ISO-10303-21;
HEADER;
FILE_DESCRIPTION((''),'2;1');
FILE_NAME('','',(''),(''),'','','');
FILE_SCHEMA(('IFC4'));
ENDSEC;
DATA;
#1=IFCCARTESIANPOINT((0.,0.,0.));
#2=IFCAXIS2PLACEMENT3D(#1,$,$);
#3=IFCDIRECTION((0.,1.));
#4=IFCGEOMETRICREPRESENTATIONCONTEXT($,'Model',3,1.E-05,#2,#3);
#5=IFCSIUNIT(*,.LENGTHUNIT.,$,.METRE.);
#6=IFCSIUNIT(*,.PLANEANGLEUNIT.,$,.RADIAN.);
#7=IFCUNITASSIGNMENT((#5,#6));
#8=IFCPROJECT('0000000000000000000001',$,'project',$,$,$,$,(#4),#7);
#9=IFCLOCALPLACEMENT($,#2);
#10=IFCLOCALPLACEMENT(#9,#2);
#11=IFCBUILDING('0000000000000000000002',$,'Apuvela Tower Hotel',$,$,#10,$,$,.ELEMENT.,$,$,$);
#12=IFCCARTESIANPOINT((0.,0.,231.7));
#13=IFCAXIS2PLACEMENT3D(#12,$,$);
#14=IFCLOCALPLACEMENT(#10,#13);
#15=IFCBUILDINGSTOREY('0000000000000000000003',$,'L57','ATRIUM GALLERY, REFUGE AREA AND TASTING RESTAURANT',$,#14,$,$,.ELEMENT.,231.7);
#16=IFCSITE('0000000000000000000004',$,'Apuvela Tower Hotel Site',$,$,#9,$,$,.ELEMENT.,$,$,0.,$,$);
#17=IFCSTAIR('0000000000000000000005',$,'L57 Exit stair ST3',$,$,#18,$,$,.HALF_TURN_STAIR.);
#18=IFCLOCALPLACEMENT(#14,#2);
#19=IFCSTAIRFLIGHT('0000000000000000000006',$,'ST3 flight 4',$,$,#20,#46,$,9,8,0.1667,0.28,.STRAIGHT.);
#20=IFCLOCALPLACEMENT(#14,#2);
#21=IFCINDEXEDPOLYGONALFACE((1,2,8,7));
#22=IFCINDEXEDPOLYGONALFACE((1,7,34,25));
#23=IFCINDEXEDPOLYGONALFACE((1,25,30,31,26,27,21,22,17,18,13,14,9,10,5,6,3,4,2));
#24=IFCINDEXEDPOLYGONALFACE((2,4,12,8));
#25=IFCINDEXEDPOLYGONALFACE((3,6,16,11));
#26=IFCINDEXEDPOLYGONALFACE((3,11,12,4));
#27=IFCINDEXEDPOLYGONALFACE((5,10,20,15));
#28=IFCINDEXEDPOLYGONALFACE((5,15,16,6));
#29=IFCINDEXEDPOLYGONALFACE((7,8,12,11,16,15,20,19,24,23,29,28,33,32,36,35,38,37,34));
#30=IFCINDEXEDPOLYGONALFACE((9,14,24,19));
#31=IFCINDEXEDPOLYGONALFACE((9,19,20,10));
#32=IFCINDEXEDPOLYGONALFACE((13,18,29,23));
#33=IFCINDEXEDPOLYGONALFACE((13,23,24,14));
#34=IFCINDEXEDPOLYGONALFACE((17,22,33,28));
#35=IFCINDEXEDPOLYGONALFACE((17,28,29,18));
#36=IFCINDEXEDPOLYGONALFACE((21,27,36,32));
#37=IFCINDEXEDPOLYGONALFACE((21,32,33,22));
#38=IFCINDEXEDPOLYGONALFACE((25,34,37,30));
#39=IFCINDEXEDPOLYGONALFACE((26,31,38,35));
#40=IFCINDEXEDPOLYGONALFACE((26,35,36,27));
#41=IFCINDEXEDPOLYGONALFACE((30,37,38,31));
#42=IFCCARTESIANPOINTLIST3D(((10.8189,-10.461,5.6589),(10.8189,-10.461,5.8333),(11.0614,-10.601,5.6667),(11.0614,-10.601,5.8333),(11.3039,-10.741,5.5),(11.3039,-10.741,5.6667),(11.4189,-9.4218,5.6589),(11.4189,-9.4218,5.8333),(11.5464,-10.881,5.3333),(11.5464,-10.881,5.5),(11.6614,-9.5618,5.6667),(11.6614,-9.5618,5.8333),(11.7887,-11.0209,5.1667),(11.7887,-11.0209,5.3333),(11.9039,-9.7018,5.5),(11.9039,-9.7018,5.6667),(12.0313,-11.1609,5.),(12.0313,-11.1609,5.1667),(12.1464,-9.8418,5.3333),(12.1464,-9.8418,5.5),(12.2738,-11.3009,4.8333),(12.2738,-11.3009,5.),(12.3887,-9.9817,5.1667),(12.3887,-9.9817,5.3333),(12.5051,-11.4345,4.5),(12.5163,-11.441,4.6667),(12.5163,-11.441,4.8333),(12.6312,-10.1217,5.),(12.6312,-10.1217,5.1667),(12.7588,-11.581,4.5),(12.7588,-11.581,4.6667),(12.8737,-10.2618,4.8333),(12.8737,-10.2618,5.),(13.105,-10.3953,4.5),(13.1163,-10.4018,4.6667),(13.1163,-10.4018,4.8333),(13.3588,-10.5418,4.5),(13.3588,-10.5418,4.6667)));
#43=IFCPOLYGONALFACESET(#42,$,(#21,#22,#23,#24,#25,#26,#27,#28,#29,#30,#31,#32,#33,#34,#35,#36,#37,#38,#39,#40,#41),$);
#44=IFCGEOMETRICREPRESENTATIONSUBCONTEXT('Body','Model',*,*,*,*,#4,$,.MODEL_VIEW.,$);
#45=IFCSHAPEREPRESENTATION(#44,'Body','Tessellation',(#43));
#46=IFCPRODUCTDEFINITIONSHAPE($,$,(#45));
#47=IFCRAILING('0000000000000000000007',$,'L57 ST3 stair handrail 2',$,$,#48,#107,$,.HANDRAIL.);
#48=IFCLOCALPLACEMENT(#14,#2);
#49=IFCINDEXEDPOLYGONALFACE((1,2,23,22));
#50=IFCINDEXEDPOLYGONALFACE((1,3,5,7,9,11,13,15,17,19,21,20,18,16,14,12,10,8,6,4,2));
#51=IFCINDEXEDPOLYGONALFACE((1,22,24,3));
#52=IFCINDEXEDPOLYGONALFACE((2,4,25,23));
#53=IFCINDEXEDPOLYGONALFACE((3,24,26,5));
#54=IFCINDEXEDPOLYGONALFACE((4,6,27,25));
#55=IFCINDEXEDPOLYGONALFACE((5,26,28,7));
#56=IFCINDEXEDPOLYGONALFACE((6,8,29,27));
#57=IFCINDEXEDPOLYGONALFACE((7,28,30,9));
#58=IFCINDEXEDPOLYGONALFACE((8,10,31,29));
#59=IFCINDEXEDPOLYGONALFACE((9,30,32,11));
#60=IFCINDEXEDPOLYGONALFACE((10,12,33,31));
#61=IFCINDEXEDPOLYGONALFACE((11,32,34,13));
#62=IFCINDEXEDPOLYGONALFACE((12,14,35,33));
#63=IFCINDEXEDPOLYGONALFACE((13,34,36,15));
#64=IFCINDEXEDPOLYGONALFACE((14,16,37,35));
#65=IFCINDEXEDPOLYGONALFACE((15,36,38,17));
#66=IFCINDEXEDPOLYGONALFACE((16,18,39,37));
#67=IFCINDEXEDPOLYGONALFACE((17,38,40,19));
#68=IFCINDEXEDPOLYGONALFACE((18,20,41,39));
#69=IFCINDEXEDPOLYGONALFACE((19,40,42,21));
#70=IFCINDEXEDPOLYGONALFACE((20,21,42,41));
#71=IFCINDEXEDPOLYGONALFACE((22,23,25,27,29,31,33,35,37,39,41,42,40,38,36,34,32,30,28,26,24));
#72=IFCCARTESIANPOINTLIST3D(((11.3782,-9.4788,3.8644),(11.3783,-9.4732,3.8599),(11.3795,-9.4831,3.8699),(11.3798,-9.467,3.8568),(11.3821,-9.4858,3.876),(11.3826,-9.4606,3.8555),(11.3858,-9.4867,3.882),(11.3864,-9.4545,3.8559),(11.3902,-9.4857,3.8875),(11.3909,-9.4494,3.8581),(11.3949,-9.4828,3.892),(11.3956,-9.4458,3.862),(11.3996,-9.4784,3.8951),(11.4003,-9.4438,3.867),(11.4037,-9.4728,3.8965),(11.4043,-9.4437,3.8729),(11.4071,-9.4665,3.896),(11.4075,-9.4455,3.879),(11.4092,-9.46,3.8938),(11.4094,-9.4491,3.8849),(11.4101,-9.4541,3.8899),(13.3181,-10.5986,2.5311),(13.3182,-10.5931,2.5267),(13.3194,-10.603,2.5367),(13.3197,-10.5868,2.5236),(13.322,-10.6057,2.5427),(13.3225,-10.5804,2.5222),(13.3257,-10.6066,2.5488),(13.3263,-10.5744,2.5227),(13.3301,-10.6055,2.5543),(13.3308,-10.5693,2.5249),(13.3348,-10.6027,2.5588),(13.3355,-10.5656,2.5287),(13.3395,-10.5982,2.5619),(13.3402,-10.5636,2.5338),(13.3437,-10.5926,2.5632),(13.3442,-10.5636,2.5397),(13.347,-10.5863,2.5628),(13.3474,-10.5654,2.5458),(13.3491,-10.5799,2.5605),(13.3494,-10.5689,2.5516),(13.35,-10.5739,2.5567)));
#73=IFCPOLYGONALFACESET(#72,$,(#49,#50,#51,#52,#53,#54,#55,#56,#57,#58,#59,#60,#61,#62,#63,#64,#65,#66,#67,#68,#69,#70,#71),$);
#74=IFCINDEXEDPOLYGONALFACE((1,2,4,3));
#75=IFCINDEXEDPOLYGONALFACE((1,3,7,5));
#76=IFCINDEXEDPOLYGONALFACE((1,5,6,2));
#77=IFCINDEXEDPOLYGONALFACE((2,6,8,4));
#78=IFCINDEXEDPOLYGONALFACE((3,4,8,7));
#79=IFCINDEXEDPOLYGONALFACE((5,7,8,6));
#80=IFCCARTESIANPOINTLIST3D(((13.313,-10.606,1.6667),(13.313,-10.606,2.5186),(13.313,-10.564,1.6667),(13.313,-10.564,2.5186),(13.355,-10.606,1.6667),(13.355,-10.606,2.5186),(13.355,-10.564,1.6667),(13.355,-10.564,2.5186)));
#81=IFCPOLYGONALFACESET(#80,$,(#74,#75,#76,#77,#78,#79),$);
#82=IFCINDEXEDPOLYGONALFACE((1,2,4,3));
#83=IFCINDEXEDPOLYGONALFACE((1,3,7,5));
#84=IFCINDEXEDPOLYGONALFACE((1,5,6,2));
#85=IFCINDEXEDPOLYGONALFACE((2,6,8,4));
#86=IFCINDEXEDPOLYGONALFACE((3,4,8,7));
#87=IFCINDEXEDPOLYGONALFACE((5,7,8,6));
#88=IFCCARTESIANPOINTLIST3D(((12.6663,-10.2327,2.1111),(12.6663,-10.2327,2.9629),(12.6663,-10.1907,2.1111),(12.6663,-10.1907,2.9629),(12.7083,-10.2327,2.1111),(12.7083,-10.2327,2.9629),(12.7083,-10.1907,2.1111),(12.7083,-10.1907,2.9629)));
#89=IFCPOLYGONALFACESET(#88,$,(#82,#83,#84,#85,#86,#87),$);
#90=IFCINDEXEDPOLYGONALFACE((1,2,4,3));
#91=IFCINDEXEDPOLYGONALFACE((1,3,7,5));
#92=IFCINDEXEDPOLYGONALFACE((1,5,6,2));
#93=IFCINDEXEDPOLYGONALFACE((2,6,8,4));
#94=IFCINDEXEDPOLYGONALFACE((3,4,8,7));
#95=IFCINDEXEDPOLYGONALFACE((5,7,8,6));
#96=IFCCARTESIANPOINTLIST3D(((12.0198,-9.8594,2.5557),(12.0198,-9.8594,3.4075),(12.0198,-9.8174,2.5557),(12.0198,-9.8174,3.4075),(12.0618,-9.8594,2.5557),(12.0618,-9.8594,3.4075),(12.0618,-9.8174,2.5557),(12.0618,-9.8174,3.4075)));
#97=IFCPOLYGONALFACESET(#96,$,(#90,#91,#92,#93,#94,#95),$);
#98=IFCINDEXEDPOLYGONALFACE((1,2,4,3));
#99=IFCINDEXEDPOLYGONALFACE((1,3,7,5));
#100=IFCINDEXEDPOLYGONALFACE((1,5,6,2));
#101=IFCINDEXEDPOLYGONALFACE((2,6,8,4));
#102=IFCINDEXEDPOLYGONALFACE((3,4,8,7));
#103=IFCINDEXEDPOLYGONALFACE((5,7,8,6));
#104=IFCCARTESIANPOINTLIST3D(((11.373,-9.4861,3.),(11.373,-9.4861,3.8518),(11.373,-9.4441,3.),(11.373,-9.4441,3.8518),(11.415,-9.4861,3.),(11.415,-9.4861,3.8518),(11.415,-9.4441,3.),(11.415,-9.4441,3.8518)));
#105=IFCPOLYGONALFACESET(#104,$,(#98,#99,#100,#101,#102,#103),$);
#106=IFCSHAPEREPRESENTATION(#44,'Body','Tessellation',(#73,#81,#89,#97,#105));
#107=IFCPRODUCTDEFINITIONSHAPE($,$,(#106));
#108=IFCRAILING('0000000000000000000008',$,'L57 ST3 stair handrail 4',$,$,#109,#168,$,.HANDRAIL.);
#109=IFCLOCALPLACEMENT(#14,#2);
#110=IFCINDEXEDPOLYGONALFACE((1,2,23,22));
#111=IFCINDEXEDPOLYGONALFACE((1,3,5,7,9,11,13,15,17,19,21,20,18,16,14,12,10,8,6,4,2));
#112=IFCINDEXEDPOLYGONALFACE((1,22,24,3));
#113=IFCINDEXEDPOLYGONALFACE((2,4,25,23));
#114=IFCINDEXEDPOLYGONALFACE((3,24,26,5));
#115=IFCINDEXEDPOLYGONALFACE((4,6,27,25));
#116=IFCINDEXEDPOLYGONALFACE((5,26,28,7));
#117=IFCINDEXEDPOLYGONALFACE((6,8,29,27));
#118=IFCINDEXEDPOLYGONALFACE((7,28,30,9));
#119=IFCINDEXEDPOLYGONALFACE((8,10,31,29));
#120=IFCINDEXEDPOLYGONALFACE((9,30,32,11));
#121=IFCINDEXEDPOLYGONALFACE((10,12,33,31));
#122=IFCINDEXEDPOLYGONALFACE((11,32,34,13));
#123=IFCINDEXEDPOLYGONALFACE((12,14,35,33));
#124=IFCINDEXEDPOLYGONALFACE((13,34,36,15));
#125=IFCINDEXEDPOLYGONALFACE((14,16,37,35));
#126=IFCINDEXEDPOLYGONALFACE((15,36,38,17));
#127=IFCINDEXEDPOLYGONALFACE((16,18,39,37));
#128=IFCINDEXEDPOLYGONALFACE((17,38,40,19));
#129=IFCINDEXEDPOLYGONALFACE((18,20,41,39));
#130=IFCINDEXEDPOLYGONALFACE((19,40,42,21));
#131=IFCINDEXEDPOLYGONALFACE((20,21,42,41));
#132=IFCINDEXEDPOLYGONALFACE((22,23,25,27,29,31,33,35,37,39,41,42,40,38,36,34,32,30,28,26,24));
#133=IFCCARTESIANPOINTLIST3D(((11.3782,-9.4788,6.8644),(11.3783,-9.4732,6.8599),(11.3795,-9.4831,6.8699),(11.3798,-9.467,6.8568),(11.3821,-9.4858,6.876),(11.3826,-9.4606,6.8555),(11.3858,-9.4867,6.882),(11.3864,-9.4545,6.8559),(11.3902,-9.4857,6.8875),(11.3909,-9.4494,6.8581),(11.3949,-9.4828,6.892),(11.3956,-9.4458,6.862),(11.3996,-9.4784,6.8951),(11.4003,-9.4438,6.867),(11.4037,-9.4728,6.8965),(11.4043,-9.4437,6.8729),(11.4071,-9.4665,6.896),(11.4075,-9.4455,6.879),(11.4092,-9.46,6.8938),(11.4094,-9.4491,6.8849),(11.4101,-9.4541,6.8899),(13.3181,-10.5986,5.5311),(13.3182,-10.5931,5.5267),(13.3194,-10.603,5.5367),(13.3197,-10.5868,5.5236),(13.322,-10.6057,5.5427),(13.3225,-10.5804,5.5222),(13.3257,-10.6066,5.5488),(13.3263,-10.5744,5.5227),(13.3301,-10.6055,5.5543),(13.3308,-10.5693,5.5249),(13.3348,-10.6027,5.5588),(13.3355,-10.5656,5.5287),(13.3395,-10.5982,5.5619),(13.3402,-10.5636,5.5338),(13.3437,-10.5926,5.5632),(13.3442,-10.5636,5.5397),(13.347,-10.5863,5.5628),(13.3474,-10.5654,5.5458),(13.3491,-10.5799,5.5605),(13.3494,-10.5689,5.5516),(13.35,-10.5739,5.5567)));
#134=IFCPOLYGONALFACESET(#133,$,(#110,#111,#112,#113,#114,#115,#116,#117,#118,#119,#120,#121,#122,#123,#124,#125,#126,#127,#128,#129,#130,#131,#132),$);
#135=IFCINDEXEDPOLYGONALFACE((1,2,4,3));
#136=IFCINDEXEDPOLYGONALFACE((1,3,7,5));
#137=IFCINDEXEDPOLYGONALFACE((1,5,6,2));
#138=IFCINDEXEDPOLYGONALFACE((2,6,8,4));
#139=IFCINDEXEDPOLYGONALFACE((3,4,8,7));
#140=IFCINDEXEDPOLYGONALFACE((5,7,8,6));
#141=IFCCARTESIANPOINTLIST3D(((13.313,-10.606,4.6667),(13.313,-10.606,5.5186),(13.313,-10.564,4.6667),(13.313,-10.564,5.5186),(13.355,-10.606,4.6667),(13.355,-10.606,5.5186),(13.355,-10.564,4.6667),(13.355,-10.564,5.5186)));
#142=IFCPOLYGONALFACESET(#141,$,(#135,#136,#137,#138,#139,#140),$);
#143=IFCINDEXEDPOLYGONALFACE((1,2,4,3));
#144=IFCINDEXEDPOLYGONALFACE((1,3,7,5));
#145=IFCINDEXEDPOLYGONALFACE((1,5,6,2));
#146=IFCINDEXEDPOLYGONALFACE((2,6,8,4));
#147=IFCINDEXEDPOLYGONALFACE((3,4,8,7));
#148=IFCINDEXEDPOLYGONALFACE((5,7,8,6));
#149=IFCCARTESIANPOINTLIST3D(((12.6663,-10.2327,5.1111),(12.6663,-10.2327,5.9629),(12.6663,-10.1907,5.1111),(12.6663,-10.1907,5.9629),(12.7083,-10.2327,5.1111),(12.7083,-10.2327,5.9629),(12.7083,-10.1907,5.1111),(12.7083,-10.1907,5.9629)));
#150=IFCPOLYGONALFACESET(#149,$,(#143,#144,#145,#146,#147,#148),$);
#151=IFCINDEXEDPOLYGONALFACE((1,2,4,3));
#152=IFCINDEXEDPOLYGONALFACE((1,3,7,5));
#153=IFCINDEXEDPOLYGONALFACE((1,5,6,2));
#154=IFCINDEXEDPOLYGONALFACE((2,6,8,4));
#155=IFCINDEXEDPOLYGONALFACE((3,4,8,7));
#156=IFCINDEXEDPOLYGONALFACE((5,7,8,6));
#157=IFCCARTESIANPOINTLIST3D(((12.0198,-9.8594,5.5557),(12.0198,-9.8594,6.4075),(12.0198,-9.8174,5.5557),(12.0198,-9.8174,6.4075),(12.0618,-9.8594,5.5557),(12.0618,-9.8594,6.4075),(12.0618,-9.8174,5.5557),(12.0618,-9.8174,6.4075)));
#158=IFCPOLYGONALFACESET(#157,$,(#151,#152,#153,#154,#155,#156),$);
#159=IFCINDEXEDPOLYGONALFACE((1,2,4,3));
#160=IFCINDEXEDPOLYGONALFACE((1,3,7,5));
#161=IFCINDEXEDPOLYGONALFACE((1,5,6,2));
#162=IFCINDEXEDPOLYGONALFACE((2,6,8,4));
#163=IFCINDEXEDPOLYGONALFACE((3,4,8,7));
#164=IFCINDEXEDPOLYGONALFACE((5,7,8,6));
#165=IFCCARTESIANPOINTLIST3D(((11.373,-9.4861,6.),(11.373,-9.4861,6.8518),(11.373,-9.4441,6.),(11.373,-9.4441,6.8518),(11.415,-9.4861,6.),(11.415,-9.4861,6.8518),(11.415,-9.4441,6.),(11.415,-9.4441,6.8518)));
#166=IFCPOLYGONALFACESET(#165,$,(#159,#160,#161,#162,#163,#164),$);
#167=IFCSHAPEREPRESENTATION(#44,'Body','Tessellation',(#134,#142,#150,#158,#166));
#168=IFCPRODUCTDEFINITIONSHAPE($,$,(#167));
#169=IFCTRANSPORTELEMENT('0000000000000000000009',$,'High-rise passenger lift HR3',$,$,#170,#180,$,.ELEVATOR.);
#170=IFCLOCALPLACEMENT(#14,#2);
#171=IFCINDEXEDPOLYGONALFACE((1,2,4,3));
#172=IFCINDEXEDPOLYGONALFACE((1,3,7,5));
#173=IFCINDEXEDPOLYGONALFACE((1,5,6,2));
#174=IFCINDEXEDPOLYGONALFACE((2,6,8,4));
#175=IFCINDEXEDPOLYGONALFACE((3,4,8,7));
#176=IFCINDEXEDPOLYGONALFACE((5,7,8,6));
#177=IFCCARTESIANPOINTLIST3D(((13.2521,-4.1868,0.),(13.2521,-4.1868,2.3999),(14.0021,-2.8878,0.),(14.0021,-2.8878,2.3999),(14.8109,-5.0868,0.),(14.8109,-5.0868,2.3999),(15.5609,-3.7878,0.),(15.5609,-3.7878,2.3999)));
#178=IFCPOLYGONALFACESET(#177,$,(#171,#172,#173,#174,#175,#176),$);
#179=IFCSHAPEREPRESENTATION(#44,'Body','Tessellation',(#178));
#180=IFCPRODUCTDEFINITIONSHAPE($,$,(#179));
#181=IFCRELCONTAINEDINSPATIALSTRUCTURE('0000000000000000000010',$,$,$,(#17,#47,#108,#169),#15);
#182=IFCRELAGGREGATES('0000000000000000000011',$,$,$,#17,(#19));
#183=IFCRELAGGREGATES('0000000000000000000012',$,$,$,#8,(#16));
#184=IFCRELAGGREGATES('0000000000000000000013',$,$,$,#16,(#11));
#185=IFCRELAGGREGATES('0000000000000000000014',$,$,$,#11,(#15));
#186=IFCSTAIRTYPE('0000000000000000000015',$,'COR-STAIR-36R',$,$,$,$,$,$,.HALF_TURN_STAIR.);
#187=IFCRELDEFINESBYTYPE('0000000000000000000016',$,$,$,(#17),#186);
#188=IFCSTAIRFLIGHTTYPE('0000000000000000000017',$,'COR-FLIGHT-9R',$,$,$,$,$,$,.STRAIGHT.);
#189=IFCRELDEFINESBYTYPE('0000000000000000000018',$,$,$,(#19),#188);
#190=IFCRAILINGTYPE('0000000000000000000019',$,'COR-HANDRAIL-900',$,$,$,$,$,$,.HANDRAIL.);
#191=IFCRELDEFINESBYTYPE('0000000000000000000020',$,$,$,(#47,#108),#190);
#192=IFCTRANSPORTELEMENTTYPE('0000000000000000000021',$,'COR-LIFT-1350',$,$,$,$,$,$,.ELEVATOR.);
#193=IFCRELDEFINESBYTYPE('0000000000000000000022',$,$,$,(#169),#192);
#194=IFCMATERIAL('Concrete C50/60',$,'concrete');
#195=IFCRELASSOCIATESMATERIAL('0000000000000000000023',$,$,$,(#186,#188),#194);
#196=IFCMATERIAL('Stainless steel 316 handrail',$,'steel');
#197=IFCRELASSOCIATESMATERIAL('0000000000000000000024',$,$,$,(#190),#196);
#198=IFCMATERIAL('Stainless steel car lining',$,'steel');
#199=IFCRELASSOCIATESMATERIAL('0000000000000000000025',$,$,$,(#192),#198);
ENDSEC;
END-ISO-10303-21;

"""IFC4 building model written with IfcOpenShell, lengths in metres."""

from ifc_helpers import new_model, si_unit, direction, frame, origin, origin_2d, place, context, subcontext, project, spatial, polyline, rectangle, circle, outline, extrude, material, type_object, element, aggregate, save


model = new_model("IFC4")

# Units and contexts
model_context = context("Model", 3, precision=1e-05, world=origin(), true_north=direction((0.0, 1.0)))
body_context = subcontext(model_context, "Body", "Model", "MODEL_VIEW")
ifc_project = project(units=[si_unit("LENGTHUNIT", "METRE"), si_unit("PLANEANGLEUNIT", "RADIAN")], contexts=[model_context])

# Site, building, storey
site_placement = place(None, origin())
site = spatial("IfcSite", under=ifc_project, at=site_placement, Name="Apuvela Tower Hotel Site", CompositionType="ELEMENT", RefElevation=0.0)
building_placement = place(site_placement, origin())
building = spatial("IfcBuilding", under=site, at=building_placement, Name="Apuvela Tower Hotel", CompositionType="ELEMENT")
storey_placement = place(building_placement, frame((0.0, 0.0, 231.7)))
storey = spatial("IfcBuildingStorey", under=building, at=storey_placement, Name="L57", Description="ATRIUM GALLERY, REFUGE AREA AND TASTING RESTAURANT", CompositionType="ELEMENT", Elevation=231.7)

# Shared definitions
ifc_material_1 = material(Name="Concrete C50/60", Category="concrete")

# Stair, stair flight
stair_type = type_object("IfcStairType", Name="COR-STAIR-36R", PredefinedType="HALF_TURN_STAIR", material=ifc_material_1)
stair_placement = place(storey_placement, origin())
stair = element("IfcStair", 1, at=stair_placement, inside=storey, type_object=stair_type, Name="L57 Exit stair ST3", PredefinedType="HALF_TURN_STAIR")
stair_flight_type = type_object("IfcStairFlightType", Name="COR-FLIGHT-9R", PredefinedType="STRAIGHT", material=ifc_material_1)
stair_flight_placement = place(storey_placement, frame((13.0588, -11.0613, 4.5), z_axis=(0.0, 0.0, 1.0), x_axis=(-0.866025, 0.5, 0.0)))
stair_flight = element("IfcStairFlight", 2, at=stair_flight_placement, type_object=stair_flight_type, Name="ST3 flight 4", NumberOfRisers=9, NumberOfTreads=8, PredefinedType="STRAIGHT", RiserHeight=0.1667, TreadLength=0.28, context=body_context, shape_type="SweptSolid", body=[
    extrude(outline(polyline([(0.0, 0.0), (0.0, 0.1667), (0.28, 0.1667), (0.28, 0.3333), (0.5601, 0.3333), (0.5601, 0.5), (0.8401, 0.5), (0.8401, 0.6667), (1.1201, 0.6667), (1.1201, 0.8333), (1.3999, 0.8333), (1.3999, 1.0), (1.6799, 1.0), (1.6799, 1.1667), (1.96, 1.1667), (1.96, 1.3333), (2.24, 1.3333), (2.24, 1.5), (2.24, 1.1589), (0.293, 0.0), (0.0, 0.0)])), frame((0.0, 0.6001, 0.0), z_axis=(0.0, -1.0, 0.0), x_axis=(1.0, 0.0, 0.0)), (0.0, 0.0, 1.0), 1.2),
])
aggregate(stair, [stair_flight])

# Railings
ifc_material_2 = material(Name="Stainless steel 316 handrail", Category="steel")
railing_type = type_object("IfcRailingType", Name="COR-HANDRAIL-900", PredefinedType="HANDRAIL", material=ifc_material_2)
for number, where, name in (
    (3, (13.334, -10.585, 1.6667), "L57 ST3 stair handrail 2"),
    (4, (13.334, -10.585, 4.6667), "L57 ST3 stair handrail 4"),
):
    element("IfcRailing", number, at=place(storey_placement, frame(where)), inside=storey, type_object=railing_type, Name=name, PredefinedType="HANDRAIL", context=body_context, shape_type="SweptSolid", body=[
        extrude(circle(Radius=0.0239, at=origin_2d()), frame((0.0, 0.0, 0.876), z_axis=(-0.744205, 0.429608, 0.511465), x_axis=(-0.499949, -0.866055, 0.0)), (0.0, 0.0, 1.0), 2.6067),
        extrude(rectangle(XDim=0.042, YDim=0.042, at=origin_2d()), origin(), (0.0, 0.0, 1.0), 0.8518),
        extrude(rectangle(XDim=0.042, YDim=0.042, at=origin_2d()), frame((-0.6467, 0.3733, 0.4443)), (0.0, 0.0, 1.0), 0.8518),
        extrude(rectangle(XDim=0.042, YDim=0.042, at=origin_2d()), frame((-1.2932, 0.7466, 0.8889)), (0.0, 0.0, 1.0), 0.8518),
        extrude(rectangle(XDim=0.042, YDim=0.042, at=origin_2d()), frame((-1.9399, 1.1199, 1.3333)), (0.0, 0.0, 1.0), 0.8518),
    ])

# Transport element
ifc_material_3 = material(Name="Stainless steel car lining", Category="steel")
transport_element_type = type_object("IfcTransportElementType", Name="COR-LIFT-1350", PredefinedType="ELEVATOR", material=ifc_material_3)
transport_element_placement = place(storey_placement, frame((14.4065, -3.9873, 0.0), z_axis=(0.0, 0.0, 1.0), x_axis=(0.866025, -0.5, 0.0)))
element("IfcTransportElement", 5, at=transport_element_placement, inside=storey, type_object=transport_element_type, Name="High-rise passenger lift HR3", PredefinedType="ELEVATOR", context=body_context, shape_type="SweptSolid", body=[
    extrude(rectangle(XDim=1.8, YDim=1.5, at=origin_2d()), origin(), (0.0, 0.0, 1.0), 2.3999),
])

save(model, "model.ifc")
